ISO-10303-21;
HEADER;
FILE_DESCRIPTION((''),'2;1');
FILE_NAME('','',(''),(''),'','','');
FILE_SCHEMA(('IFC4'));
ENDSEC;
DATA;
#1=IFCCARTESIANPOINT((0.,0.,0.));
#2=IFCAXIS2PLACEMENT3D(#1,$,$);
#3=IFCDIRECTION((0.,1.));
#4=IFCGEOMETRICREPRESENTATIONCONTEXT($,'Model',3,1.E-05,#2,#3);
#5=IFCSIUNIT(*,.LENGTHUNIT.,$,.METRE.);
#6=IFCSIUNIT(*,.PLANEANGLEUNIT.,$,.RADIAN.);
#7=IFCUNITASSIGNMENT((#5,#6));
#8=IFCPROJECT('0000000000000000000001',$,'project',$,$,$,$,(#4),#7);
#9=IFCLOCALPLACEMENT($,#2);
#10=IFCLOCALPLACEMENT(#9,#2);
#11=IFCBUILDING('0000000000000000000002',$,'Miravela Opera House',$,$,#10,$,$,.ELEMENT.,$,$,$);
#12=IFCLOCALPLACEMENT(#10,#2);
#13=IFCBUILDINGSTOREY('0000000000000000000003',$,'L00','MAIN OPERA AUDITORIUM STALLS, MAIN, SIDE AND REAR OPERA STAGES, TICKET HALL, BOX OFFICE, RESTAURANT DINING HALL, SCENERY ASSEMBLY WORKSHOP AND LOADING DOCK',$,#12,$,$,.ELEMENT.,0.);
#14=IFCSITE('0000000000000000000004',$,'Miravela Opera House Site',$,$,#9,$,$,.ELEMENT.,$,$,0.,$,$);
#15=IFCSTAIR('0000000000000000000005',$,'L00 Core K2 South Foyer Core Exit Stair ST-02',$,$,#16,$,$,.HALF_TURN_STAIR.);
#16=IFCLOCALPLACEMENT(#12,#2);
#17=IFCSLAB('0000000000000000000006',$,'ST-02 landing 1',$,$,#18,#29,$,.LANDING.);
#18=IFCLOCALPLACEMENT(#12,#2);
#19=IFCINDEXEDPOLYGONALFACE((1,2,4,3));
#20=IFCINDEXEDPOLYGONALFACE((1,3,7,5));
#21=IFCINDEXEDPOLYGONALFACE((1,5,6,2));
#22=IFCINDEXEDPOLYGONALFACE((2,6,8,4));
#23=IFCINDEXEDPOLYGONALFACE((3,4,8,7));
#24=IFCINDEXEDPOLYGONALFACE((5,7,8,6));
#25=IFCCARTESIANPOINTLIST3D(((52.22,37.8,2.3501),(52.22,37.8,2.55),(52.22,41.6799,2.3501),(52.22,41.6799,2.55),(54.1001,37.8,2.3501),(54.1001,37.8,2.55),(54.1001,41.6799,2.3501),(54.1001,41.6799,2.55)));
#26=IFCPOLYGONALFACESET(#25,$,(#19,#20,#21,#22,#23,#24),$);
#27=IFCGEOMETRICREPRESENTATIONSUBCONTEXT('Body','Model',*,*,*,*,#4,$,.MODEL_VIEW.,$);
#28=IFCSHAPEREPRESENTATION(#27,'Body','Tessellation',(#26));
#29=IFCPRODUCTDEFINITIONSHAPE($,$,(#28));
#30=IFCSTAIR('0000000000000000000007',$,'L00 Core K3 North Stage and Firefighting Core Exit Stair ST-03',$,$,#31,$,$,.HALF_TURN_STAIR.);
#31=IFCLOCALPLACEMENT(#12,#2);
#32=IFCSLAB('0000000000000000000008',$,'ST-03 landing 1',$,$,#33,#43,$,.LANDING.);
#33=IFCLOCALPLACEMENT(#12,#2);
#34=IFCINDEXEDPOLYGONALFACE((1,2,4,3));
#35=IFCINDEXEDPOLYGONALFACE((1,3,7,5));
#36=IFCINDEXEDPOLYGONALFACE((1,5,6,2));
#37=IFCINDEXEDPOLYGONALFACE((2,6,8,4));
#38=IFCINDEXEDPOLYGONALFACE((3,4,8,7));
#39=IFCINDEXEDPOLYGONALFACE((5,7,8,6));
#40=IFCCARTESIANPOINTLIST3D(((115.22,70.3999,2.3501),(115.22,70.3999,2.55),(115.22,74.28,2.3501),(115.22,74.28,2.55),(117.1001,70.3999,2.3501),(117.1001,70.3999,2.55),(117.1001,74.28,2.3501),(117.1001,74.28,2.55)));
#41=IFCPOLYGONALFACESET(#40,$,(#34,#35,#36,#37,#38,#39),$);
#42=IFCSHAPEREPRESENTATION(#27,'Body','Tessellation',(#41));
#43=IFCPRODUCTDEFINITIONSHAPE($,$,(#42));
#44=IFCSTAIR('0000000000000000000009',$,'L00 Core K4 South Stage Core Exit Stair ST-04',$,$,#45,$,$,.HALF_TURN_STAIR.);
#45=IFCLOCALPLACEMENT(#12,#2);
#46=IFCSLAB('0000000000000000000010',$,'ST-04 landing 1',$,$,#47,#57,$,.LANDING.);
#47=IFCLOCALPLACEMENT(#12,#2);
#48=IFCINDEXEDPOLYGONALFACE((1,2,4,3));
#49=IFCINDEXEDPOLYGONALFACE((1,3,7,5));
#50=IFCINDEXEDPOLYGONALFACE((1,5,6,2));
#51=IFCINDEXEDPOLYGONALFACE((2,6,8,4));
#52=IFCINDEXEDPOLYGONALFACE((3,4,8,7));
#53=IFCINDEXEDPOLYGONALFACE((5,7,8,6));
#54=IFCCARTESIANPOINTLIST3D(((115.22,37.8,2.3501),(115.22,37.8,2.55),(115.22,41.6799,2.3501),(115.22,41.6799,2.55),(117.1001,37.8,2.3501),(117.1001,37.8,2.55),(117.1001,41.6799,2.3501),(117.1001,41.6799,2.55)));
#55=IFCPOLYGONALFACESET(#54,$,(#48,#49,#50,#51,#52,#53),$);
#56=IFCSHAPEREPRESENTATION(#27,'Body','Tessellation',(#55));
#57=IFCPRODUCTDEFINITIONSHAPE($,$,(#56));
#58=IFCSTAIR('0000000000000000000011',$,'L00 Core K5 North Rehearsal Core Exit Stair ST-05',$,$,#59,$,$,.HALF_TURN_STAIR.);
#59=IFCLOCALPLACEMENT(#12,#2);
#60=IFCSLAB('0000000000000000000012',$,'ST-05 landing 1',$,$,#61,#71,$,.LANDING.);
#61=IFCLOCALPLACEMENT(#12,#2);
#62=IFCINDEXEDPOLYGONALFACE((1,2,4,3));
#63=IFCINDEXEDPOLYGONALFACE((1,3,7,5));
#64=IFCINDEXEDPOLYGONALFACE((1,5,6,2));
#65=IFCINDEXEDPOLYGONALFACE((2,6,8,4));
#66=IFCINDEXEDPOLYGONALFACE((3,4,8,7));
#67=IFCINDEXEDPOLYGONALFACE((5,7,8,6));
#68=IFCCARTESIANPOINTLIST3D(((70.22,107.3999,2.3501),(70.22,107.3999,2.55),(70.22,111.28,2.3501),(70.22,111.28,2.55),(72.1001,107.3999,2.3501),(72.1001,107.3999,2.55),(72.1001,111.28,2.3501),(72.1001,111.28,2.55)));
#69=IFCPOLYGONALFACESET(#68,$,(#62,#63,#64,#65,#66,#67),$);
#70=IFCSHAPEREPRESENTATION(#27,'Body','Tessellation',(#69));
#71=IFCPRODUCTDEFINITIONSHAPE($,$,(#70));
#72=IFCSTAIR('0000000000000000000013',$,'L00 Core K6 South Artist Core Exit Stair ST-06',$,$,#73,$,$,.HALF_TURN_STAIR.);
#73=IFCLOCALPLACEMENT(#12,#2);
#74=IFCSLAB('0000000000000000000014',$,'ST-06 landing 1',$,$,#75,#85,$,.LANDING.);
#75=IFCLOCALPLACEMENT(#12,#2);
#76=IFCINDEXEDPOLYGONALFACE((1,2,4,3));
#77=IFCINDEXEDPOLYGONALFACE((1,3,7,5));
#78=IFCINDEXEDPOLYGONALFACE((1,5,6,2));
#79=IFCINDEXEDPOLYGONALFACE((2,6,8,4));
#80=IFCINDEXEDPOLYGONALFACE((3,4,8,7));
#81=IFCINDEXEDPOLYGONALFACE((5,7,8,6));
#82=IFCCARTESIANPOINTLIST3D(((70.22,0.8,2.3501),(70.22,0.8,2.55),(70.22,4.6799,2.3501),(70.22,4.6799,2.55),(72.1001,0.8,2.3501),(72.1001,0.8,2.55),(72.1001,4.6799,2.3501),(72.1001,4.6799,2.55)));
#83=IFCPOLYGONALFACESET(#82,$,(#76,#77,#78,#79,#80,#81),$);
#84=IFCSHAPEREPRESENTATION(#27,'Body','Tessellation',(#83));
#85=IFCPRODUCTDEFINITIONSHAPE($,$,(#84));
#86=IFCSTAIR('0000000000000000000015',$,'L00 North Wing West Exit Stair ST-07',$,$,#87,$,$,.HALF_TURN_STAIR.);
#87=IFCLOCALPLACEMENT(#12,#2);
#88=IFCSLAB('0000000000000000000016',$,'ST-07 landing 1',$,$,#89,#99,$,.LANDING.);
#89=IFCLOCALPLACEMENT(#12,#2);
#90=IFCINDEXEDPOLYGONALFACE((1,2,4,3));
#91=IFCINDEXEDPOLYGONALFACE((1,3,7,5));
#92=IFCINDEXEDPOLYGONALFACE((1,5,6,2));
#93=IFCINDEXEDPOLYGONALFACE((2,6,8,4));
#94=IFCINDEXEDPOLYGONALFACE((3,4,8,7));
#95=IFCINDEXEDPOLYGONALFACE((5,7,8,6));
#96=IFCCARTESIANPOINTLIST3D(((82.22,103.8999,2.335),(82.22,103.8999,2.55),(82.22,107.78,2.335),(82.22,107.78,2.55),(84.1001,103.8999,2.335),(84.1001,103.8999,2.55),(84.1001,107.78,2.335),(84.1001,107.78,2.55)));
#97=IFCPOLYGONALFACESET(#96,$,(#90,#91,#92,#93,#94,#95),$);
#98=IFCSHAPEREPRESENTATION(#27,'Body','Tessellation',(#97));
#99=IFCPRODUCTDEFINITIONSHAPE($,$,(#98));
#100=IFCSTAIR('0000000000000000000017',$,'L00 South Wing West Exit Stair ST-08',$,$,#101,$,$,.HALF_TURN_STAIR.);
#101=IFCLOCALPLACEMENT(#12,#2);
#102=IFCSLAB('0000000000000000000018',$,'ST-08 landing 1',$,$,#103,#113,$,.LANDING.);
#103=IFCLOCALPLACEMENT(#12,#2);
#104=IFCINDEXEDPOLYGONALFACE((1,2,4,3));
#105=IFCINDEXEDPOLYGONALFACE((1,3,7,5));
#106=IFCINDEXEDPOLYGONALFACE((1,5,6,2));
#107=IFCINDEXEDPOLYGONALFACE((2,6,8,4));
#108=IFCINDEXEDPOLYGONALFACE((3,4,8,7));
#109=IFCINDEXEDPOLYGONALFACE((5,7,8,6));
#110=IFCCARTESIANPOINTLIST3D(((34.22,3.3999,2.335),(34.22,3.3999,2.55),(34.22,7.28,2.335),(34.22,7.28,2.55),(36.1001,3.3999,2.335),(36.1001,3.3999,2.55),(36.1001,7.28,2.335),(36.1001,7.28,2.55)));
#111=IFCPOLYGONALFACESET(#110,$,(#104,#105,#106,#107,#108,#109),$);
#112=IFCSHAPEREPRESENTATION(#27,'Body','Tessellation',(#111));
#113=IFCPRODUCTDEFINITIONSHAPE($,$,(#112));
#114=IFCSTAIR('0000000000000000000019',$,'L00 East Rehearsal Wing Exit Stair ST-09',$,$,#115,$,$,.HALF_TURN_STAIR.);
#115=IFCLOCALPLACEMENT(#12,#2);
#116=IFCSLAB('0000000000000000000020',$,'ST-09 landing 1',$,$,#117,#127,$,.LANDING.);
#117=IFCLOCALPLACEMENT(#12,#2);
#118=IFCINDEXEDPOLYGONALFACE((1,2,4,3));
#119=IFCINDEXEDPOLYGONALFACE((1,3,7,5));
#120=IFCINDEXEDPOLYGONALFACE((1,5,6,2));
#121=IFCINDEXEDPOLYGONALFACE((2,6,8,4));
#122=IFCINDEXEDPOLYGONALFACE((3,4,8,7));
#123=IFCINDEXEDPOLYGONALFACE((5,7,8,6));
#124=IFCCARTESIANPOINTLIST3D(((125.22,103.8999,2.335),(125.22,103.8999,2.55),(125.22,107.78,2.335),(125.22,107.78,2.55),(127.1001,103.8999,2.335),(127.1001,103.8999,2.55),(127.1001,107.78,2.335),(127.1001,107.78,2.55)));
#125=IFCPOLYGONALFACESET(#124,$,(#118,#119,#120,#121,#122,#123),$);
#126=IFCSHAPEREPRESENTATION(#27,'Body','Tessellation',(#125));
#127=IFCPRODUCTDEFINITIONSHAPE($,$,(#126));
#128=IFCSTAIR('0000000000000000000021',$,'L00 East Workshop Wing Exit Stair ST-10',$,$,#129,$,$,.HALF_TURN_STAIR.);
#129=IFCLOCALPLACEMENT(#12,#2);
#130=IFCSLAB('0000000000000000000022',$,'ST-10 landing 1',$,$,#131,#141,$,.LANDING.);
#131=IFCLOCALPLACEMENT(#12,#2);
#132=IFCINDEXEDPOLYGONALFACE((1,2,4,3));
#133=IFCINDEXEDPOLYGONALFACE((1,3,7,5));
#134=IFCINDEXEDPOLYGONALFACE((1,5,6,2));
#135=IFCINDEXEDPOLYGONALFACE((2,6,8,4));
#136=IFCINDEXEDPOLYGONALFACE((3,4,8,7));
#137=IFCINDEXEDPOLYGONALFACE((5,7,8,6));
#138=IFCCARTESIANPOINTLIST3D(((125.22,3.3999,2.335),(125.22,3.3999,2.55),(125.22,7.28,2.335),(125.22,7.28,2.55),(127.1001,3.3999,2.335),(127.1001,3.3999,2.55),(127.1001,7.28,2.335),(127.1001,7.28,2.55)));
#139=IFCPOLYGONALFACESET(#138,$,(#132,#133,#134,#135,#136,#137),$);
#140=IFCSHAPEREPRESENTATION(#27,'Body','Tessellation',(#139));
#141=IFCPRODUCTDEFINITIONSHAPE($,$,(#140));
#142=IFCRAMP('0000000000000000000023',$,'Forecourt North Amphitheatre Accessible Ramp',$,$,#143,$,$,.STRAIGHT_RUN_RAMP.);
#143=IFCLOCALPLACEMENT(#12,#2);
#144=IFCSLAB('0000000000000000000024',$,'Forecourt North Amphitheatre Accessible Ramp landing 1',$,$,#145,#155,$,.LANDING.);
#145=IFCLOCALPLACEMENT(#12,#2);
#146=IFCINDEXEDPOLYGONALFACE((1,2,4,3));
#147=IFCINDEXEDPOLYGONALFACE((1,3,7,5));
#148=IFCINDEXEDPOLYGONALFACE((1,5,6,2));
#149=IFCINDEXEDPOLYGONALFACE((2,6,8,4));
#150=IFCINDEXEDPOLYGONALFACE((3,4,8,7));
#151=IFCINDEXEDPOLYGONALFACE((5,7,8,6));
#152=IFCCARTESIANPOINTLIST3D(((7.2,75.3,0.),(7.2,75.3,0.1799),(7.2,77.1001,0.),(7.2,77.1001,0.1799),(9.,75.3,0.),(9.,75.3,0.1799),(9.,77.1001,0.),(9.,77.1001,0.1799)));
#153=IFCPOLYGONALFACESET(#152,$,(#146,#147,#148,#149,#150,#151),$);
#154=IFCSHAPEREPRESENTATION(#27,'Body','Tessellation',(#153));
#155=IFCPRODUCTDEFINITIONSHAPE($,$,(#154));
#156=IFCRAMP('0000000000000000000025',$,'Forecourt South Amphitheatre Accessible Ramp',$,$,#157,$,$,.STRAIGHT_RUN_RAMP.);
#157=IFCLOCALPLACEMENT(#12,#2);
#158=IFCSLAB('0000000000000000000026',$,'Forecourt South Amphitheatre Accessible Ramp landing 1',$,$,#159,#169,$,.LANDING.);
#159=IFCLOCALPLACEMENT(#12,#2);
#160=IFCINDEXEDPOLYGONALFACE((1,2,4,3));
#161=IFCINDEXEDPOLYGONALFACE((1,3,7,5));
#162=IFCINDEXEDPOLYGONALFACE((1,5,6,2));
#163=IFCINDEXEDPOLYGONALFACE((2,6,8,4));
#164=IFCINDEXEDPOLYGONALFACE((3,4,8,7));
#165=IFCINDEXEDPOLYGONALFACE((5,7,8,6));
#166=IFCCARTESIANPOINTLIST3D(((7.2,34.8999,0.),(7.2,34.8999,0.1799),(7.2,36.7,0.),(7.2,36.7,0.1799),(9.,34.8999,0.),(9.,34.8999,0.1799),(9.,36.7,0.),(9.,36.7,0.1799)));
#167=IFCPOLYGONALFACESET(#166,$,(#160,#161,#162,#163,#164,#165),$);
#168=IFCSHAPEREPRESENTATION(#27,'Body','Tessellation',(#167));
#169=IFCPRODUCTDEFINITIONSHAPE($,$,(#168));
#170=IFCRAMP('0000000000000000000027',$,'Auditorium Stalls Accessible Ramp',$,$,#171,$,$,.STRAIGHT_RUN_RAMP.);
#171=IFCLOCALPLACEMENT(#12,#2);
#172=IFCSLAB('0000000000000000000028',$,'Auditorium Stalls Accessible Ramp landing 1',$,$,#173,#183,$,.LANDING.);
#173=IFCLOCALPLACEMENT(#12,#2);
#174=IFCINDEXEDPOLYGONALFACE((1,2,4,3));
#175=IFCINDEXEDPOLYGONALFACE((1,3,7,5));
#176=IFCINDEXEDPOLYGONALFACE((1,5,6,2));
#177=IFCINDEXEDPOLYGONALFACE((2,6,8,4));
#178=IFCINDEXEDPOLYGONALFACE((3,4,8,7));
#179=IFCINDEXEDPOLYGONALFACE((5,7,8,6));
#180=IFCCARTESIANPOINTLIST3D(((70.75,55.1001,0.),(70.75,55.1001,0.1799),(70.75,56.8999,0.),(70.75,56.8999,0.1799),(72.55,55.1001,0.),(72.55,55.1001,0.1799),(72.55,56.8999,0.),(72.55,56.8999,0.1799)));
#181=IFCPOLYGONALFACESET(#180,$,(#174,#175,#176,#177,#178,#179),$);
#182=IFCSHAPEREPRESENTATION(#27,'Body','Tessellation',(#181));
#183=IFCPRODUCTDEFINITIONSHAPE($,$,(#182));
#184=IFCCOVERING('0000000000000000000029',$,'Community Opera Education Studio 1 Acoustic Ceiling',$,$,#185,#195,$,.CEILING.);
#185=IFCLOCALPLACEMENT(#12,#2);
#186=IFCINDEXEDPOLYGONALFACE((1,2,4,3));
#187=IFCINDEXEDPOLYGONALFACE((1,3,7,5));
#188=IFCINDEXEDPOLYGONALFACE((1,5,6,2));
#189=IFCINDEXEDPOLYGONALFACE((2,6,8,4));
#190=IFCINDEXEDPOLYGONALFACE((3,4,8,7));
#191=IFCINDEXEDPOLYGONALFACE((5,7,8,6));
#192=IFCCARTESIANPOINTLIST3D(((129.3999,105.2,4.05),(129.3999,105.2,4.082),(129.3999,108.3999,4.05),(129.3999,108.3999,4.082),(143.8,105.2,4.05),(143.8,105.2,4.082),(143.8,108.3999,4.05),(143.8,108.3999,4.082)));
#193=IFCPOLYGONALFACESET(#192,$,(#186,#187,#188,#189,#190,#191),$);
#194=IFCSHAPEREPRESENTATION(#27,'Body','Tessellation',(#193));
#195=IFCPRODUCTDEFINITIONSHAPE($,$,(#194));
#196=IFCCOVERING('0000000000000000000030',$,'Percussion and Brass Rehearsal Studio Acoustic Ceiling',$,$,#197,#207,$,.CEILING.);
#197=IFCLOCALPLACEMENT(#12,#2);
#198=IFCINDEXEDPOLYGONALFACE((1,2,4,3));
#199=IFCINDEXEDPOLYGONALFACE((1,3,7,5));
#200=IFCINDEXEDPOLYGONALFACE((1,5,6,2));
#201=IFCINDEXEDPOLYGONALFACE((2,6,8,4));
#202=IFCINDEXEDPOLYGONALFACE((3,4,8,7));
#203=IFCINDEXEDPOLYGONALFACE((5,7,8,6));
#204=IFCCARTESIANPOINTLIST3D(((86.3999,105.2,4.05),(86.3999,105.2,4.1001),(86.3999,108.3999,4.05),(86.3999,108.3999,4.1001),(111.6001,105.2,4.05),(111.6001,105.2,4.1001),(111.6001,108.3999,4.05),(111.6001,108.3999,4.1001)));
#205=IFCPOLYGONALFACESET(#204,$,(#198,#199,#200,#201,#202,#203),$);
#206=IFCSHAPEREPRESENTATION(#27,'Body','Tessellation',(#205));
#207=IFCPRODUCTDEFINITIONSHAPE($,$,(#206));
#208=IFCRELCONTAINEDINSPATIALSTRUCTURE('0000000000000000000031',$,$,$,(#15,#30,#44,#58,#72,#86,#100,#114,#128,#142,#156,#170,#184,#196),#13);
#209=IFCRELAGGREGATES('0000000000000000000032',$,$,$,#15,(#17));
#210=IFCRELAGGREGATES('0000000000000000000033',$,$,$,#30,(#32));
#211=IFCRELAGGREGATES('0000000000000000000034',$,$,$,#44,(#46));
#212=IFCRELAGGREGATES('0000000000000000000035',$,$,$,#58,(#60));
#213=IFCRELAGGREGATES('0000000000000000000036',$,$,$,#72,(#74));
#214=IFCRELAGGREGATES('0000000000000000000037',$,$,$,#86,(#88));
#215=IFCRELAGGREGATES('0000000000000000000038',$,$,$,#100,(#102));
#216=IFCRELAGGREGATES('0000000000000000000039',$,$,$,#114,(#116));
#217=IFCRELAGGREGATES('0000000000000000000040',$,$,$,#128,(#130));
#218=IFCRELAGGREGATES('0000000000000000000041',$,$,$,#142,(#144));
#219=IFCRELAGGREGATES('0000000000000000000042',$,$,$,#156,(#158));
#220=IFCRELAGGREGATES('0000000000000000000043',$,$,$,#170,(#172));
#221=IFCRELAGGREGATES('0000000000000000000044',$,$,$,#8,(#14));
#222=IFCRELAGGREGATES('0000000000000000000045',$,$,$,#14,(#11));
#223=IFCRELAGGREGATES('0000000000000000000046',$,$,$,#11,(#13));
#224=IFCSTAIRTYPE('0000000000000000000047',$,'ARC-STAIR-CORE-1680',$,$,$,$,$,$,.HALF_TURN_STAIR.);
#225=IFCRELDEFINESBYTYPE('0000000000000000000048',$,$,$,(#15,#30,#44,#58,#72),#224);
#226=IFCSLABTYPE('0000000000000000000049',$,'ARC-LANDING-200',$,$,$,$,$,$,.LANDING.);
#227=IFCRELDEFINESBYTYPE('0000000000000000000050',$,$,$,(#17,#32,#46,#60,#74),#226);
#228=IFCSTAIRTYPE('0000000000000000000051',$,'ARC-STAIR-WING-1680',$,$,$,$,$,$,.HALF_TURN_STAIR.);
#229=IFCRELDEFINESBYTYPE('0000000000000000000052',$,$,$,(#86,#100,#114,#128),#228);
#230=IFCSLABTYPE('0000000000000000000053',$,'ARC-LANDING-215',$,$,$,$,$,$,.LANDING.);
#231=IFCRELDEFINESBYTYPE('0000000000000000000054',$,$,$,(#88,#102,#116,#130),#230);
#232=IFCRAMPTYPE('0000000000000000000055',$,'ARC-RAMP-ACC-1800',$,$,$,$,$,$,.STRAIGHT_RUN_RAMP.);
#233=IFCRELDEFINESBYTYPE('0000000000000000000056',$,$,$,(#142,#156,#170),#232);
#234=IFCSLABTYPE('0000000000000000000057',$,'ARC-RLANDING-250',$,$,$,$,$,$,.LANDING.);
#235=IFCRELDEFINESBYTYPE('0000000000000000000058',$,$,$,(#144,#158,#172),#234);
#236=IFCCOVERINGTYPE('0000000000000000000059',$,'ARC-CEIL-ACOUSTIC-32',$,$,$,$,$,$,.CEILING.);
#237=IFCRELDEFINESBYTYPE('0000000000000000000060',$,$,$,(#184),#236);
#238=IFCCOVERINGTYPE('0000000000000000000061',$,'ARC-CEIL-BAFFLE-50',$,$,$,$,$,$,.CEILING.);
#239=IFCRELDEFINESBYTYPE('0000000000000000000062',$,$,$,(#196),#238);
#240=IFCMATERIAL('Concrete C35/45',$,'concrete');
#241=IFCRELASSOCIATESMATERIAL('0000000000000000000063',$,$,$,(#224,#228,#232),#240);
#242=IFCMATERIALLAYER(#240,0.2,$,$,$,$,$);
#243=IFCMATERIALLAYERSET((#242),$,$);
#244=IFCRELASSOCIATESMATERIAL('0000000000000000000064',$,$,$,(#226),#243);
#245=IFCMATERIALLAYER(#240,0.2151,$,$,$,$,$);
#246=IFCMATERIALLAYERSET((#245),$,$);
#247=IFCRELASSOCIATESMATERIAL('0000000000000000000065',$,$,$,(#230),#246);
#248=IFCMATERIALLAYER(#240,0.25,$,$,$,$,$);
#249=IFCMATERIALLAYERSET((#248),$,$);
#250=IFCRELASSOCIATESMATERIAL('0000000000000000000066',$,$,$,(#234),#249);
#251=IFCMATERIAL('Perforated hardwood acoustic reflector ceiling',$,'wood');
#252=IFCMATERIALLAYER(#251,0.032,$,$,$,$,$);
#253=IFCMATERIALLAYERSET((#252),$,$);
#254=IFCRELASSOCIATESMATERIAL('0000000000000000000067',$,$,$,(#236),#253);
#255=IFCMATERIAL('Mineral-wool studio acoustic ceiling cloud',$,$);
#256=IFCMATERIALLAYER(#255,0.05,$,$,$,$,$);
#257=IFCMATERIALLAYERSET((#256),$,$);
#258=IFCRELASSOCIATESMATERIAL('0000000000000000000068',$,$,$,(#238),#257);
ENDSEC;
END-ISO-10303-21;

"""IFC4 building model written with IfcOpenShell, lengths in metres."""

from ifc_helpers import new_model, si_unit, direction, frame, origin, place, context, subcontext, project, spatial, polyline, outline, extrude, material, layer, layer_set, type_object, element, aggregate, save


model = new_model("IFC4")

# Units and contexts
model_context = context("Model", 3, precision=1e-05, world=origin(), true_north=direction((0.0, 1.0)))
body_context = subcontext(model_context, "Body", "Model", "MODEL_VIEW")
ifc_project = project(units=[si_unit("LENGTHUNIT", "METRE"), si_unit("PLANEANGLEUNIT", "RADIAN")], contexts=[model_context])

# Site, building, storey
site_placement = place(None, origin())
site = spatial("IfcSite", under=ifc_project, at=site_placement, Name="Miravela Opera House Site", CompositionType="ELEMENT", RefElevation=0.0)
building_placement = place(site_placement, origin())
building = spatial("IfcBuilding", under=site, at=building_placement, Name="Miravela Opera House", CompositionType="ELEMENT")
storey_placement = place(building_placement, origin())
storey = spatial("IfcBuildingStorey", under=building, at=storey_placement, Name="L00", Description="MAIN OPERA AUDITORIUM STALLS, MAIN, SIDE AND REAR OPERA STAGES, TICKET HALL, BOX OFFICE, RESTAURANT DINING HALL, SCENERY ASSEMBLY WORKSHOP AND LOADING DOCK", CompositionType="ELEMENT", Elevation=0.0)

# Stairs, slabs
ifc_material_1 = material(Name="Concrete C35/45", Category="concrete")
stair_type_1 = type_object("IfcStairType", Name="ARC-STAIR-CORE-1680", PredefinedType="HALF_TURN_STAIR", material=ifc_material_1)
stair_1_placement = place(storey_placement, origin())
stair_1 = element("IfcStair", 1, at=stair_1_placement, inside=storey, type_object=stair_type_1, Name="L00 Core K2 South Foyer Core Exit Stair ST-02", PredefinedType="HALF_TURN_STAIR")
ifc_layer_1 = layer(ifc_material_1, 0.2)
ifc_layer_set_1 = layer_set([ifc_layer_1])
slab_type_1 = type_object("IfcSlabType", Name="ARC-LANDING-200", PredefinedType="LANDING", material=ifc_layer_set_1)
slab_1_placement = place(storey_placement, frame((0.0, 0.0, 2.3501)))
slab_1 = element("IfcSlab", 2, at=slab_1_placement, type_object=slab_type_1, Name="ST-02 landing 1", PredefinedType="LANDING", context=body_context, shape_type="SweptSolid", body=[
    extrude(outline(polyline([(52.22, 37.8), (54.1001, 37.8), (54.1001, 41.6799), (52.22, 41.6799), (52.22, 37.8)])), origin(), (0.0, 0.0, 1.0), 0.2),
])
aggregate(stair_1, [slab_1])
stair_2_placement = place(storey_placement, origin())
stair_2 = element("IfcStair", 3, at=stair_2_placement, inside=storey, type_object=stair_type_1, Name="L00 Core K3 North Stage and Firefighting Core Exit Stair ST-03", PredefinedType="HALF_TURN_STAIR")
slab_2_placement = place(storey_placement, frame((0.0, 0.0, 2.3501)))
slab_2 = element("IfcSlab", 4, at=slab_2_placement, type_object=slab_type_1, Name="ST-03 landing 1", PredefinedType="LANDING", context=body_context, shape_type="SweptSolid", body=[
    extrude(outline(polyline([(115.22, 70.3999), (117.1001, 70.3999), (117.1001, 74.28), (115.22, 74.28), (115.22, 70.3999)])), origin(), (0.0, 0.0, 1.0), 0.2),
])
aggregate(stair_2, [slab_2])
stair_3_placement = place(storey_placement, origin())
stair_3 = element("IfcStair", 5, at=stair_3_placement, inside=storey, type_object=stair_type_1, Name="L00 Core K4 South Stage Core Exit Stair ST-04", PredefinedType="HALF_TURN_STAIR")
slab_3_placement = place(storey_placement, frame((0.0, 0.0, 2.3501)))
slab_3 = element("IfcSlab", 6, at=slab_3_placement, type_object=slab_type_1, Name="ST-04 landing 1", PredefinedType="LANDING", context=body_context, shape_type="SweptSolid", body=[
    extrude(outline(polyline([(115.22, 37.8), (117.1001, 37.8), (117.1001, 41.6799), (115.22, 41.6799), (115.22, 37.8)])), origin(), (0.0, 0.0, 1.0), 0.2),
])
aggregate(stair_3, [slab_3])
stair_4_placement = place(storey_placement, origin())
stair_4 = element("IfcStair", 7, at=stair_4_placement, inside=storey, type_object=stair_type_1, Name="L00 Core K5 North Rehearsal Core Exit Stair ST-05", PredefinedType="HALF_TURN_STAIR")
slab_4_placement = place(storey_placement, frame((0.0, 0.0, 2.3501)))
slab_4 = element("IfcSlab", 8, at=slab_4_placement, type_object=slab_type_1, Name="ST-05 landing 1", PredefinedType="LANDING", context=body_context, shape_type="SweptSolid", body=[
    extrude(outline(polyline([(70.22, 107.3999), (72.1001, 107.3999), (72.1001, 111.28), (70.22, 111.28), (70.22, 107.3999)])), origin(), (0.0, 0.0, 1.0), 0.2),
])
aggregate(stair_4, [slab_4])
stair_5_placement = place(storey_placement, origin())
stair_5 = element("IfcStair", 9, at=stair_5_placement, inside=storey, type_object=stair_type_1, Name="L00 Core K6 South Artist Core Exit Stair ST-06", PredefinedType="HALF_TURN_STAIR")
slab_5_placement = place(storey_placement, frame((0.0, 0.0, 2.3501)))
slab_5 = element("IfcSlab", 10, at=slab_5_placement, type_object=slab_type_1, Name="ST-06 landing 1", PredefinedType="LANDING", context=body_context, shape_type="SweptSolid", body=[
    extrude(outline(polyline([(70.22, 0.8), (72.1001, 0.8), (72.1001, 4.6799), (70.22, 4.6799), (70.22, 0.8)])), origin(), (0.0, 0.0, 1.0), 0.2),
])
aggregate(stair_5, [slab_5])
stair_type_2 = type_object("IfcStairType", Name="ARC-STAIR-WING-1680", PredefinedType="HALF_TURN_STAIR", material=ifc_material_1)
stair_6_placement = place(storey_placement, origin())
stair_6 = element("IfcStair", 11, at=stair_6_placement, inside=storey, type_object=stair_type_2, Name="L00 North Wing West Exit Stair ST-07", PredefinedType="HALF_TURN_STAIR")
ifc_layer_2 = layer(ifc_material_1, 0.2151)
ifc_layer_set_2 = layer_set([ifc_layer_2])
slab_type_2 = type_object("IfcSlabType", Name="ARC-LANDING-215", PredefinedType="LANDING", material=ifc_layer_set_2)
slab_6_placement = place(storey_placement, frame((0.0, 0.0, 2.335)))
slab_6 = element("IfcSlab", 12, at=slab_6_placement, type_object=slab_type_2, Name="ST-07 landing 1", PredefinedType="LANDING", context=body_context, shape_type="SweptSolid", body=[
    extrude(outline(polyline([(82.22, 103.8999), (84.1001, 103.8999), (84.1001, 107.78), (82.22, 107.78), (82.22, 103.8999)])), origin(), (0.0, 0.0, 1.0), 0.2151),
])
aggregate(stair_6, [slab_6])
stair_7_placement = place(storey_placement, origin())
stair_7 = element("IfcStair", 13, at=stair_7_placement, inside=storey, type_object=stair_type_2, Name="L00 South Wing West Exit Stair ST-08", PredefinedType="HALF_TURN_STAIR")
slab_7_placement = place(storey_placement, frame((0.0, 0.0, 2.335)))
slab_7 = element("IfcSlab", 14, at=slab_7_placement, type_object=slab_type_2, Name="ST-08 landing 1", PredefinedType="LANDING", context=body_context, shape_type="SweptSolid", body=[
    extrude(outline(polyline([(34.22, 3.3999), (36.1001, 3.3999), (36.1001, 7.28), (34.22, 7.28), (34.22, 3.3999)])), origin(), (0.0, 0.0, 1.0), 0.2151),
])
aggregate(stair_7, [slab_7])
stair_8_placement = place(storey_placement, origin())
stair_8 = element("IfcStair", 15, at=stair_8_placement, inside=storey, type_object=stair_type_2, Name="L00 East Rehearsal Wing Exit Stair ST-09", PredefinedType="HALF_TURN_STAIR")
slab_8_placement = place(storey_placement, frame((0.0, 0.0, 2.335)))
slab_8 = element("IfcSlab", 16, at=slab_8_placement, type_object=slab_type_2, Name="ST-09 landing 1", PredefinedType="LANDING", context=body_context, shape_type="SweptSolid", body=[
    extrude(outline(polyline([(125.22, 103.8999), (127.1001, 103.8999), (127.1001, 107.78), (125.22, 107.78), (125.22, 103.8999)])), origin(), (0.0, 0.0, 1.0), 0.2151),
])
aggregate(stair_8, [slab_8])
stair_9_placement = place(storey_placement, origin())
stair_9 = element("IfcStair", 17, at=stair_9_placement, inside=storey, type_object=stair_type_2, Name="L00 East Workshop Wing Exit Stair ST-10", PredefinedType="HALF_TURN_STAIR")
slab_9_placement = place(storey_placement, frame((0.0, 0.0, 2.335)))
slab_9 = element("IfcSlab", 18, at=slab_9_placement, type_object=slab_type_2, Name="ST-10 landing 1", PredefinedType="LANDING", context=body_context, shape_type="SweptSolid", body=[
    extrude(outline(polyline([(125.22, 3.3999), (127.1001, 3.3999), (127.1001, 7.28), (125.22, 7.28), (125.22, 3.3999)])), origin(), (0.0, 0.0, 1.0), 0.2151),
])
aggregate(stair_9, [slab_9])

# Ramps, slabs
ramp_type = type_object("IfcRampType", Name="ARC-RAMP-ACC-1800", PredefinedType="STRAIGHT_RUN_RAMP", material=ifc_material_1)
ramp_1_placement = place(storey_placement, origin())
ramp_1 = element("IfcRamp", 19, at=ramp_1_placement, inside=storey, type_object=ramp_type, Name="Forecourt North Amphitheatre Accessible Ramp", PredefinedType="STRAIGHT_RUN_RAMP")
ifc_layer_3 = layer(ifc_material_1, 0.25)
ifc_layer_set_3 = layer_set([ifc_layer_3])
slab_type_3 = type_object("IfcSlabType", Name="ARC-RLANDING-250", PredefinedType="LANDING", material=ifc_layer_set_3)
slab_10_placement = place(storey_placement, origin())
slab_10 = element("IfcSlab", 20, at=slab_10_placement, type_object=slab_type_3, Name="Forecourt North Amphitheatre Accessible Ramp landing 1", PredefinedType="LANDING", context=body_context, shape_type="SweptSolid", body=[
    extrude(outline(polyline([(7.2, 75.3), (9.0, 75.3), (9.0, 77.1001), (7.2, 77.1001), (7.2, 75.3)])), origin(), (0.0, 0.0, 1.0), 0.1799),
])
aggregate(ramp_1, [slab_10])
ramp_2_placement = place(storey_placement, origin())
ramp_2 = element("IfcRamp", 21, at=ramp_2_placement, inside=storey, type_object=ramp_type, Name="Forecourt South Amphitheatre Accessible Ramp", PredefinedType="STRAIGHT_RUN_RAMP")
slab_11_placement = place(storey_placement, origin())
slab_11 = element("IfcSlab", 22, at=slab_11_placement, type_object=slab_type_3, Name="Forecourt South Amphitheatre Accessible Ramp landing 1", PredefinedType="LANDING", context=body_context, shape_type="SweptSolid", body=[
    extrude(outline(polyline([(7.2, 34.8999), (9.0, 34.8999), (9.0, 36.7), (7.2, 36.7), (7.2, 34.8999)])), origin(), (0.0, 0.0, 1.0), 0.1799),
])
aggregate(ramp_2, [slab_11])
ramp_3_placement = place(storey_placement, origin())
ramp_3 = element("IfcRamp", 23, at=ramp_3_placement, inside=storey, type_object=ramp_type, Name="Auditorium Stalls Accessible Ramp", PredefinedType="STRAIGHT_RUN_RAMP")
slab_12_placement = place(storey_placement, origin())
slab_12 = element("IfcSlab", 24, at=slab_12_placement, type_object=slab_type_3, Name="Auditorium Stalls Accessible Ramp landing 1", PredefinedType="LANDING", context=body_context, shape_type="SweptSolid", body=[
    extrude(outline(polyline([(70.75, 55.1001), (72.55, 55.1001), (72.55, 56.8999), (70.75, 56.8999), (70.75, 55.1001)])), origin(), (0.0, 0.0, 1.0), 0.1799),
])
aggregate(ramp_3, [slab_12])

# Coverings
ifc_material_2 = material(Name="Perforated hardwood acoustic reflector ceiling", Category="wood")
ifc_layer_4 = layer(ifc_material_2, 0.032)
ifc_layer_set_4 = layer_set([ifc_layer_4])
covering_type_1 = type_object("IfcCoveringType", Name="ARC-CEIL-ACOUSTIC-32", PredefinedType="CEILING", material=ifc_layer_set_4)
covering_1_placement = place(storey_placement, frame((0.0, 0.0, 4.05)))
element("IfcCovering", 25, at=covering_1_placement, inside=storey, type_object=covering_type_1, Name="Community Opera Education Studio 1 Acoustic Ceiling", PredefinedType="CEILING", context=body_context, shape_type="SweptSolid", body=[
    extrude(outline(polyline([(129.3999, 105.2), (143.8, 105.2), (143.8, 108.3999), (129.3999, 108.3999), (129.3999, 105.2)])), origin(), (0.0, 0.0, 1.0), 0.032),
])
ifc_material_3 = material(Name="Mineral-wool studio acoustic ceiling cloud")
ifc_layer_5 = layer(ifc_material_3, 0.05)
ifc_layer_set_5 = layer_set([ifc_layer_5])
covering_type_2 = type_object("IfcCoveringType", Name="ARC-CEIL-BAFFLE-50", PredefinedType="CEILING", material=ifc_layer_set_5)
covering_2_placement = place(storey_placement, frame((0.0, 0.0, 4.05)))
element("IfcCovering", 26, at=covering_2_placement, inside=storey, type_object=covering_type_2, Name="Percussion and Brass Rehearsal Studio Acoustic Ceiling", PredefinedType="CEILING", context=body_context, shape_type="SweptSolid", body=[
    extrude(outline(polyline([(86.3999, 105.2), (111.6001, 105.2), (111.6001, 108.3999), (86.3999, 108.3999), (86.3999, 105.2)])), origin(), (0.0, 0.0, 1.0), 0.05),
])

save(model, "model.ifc")
